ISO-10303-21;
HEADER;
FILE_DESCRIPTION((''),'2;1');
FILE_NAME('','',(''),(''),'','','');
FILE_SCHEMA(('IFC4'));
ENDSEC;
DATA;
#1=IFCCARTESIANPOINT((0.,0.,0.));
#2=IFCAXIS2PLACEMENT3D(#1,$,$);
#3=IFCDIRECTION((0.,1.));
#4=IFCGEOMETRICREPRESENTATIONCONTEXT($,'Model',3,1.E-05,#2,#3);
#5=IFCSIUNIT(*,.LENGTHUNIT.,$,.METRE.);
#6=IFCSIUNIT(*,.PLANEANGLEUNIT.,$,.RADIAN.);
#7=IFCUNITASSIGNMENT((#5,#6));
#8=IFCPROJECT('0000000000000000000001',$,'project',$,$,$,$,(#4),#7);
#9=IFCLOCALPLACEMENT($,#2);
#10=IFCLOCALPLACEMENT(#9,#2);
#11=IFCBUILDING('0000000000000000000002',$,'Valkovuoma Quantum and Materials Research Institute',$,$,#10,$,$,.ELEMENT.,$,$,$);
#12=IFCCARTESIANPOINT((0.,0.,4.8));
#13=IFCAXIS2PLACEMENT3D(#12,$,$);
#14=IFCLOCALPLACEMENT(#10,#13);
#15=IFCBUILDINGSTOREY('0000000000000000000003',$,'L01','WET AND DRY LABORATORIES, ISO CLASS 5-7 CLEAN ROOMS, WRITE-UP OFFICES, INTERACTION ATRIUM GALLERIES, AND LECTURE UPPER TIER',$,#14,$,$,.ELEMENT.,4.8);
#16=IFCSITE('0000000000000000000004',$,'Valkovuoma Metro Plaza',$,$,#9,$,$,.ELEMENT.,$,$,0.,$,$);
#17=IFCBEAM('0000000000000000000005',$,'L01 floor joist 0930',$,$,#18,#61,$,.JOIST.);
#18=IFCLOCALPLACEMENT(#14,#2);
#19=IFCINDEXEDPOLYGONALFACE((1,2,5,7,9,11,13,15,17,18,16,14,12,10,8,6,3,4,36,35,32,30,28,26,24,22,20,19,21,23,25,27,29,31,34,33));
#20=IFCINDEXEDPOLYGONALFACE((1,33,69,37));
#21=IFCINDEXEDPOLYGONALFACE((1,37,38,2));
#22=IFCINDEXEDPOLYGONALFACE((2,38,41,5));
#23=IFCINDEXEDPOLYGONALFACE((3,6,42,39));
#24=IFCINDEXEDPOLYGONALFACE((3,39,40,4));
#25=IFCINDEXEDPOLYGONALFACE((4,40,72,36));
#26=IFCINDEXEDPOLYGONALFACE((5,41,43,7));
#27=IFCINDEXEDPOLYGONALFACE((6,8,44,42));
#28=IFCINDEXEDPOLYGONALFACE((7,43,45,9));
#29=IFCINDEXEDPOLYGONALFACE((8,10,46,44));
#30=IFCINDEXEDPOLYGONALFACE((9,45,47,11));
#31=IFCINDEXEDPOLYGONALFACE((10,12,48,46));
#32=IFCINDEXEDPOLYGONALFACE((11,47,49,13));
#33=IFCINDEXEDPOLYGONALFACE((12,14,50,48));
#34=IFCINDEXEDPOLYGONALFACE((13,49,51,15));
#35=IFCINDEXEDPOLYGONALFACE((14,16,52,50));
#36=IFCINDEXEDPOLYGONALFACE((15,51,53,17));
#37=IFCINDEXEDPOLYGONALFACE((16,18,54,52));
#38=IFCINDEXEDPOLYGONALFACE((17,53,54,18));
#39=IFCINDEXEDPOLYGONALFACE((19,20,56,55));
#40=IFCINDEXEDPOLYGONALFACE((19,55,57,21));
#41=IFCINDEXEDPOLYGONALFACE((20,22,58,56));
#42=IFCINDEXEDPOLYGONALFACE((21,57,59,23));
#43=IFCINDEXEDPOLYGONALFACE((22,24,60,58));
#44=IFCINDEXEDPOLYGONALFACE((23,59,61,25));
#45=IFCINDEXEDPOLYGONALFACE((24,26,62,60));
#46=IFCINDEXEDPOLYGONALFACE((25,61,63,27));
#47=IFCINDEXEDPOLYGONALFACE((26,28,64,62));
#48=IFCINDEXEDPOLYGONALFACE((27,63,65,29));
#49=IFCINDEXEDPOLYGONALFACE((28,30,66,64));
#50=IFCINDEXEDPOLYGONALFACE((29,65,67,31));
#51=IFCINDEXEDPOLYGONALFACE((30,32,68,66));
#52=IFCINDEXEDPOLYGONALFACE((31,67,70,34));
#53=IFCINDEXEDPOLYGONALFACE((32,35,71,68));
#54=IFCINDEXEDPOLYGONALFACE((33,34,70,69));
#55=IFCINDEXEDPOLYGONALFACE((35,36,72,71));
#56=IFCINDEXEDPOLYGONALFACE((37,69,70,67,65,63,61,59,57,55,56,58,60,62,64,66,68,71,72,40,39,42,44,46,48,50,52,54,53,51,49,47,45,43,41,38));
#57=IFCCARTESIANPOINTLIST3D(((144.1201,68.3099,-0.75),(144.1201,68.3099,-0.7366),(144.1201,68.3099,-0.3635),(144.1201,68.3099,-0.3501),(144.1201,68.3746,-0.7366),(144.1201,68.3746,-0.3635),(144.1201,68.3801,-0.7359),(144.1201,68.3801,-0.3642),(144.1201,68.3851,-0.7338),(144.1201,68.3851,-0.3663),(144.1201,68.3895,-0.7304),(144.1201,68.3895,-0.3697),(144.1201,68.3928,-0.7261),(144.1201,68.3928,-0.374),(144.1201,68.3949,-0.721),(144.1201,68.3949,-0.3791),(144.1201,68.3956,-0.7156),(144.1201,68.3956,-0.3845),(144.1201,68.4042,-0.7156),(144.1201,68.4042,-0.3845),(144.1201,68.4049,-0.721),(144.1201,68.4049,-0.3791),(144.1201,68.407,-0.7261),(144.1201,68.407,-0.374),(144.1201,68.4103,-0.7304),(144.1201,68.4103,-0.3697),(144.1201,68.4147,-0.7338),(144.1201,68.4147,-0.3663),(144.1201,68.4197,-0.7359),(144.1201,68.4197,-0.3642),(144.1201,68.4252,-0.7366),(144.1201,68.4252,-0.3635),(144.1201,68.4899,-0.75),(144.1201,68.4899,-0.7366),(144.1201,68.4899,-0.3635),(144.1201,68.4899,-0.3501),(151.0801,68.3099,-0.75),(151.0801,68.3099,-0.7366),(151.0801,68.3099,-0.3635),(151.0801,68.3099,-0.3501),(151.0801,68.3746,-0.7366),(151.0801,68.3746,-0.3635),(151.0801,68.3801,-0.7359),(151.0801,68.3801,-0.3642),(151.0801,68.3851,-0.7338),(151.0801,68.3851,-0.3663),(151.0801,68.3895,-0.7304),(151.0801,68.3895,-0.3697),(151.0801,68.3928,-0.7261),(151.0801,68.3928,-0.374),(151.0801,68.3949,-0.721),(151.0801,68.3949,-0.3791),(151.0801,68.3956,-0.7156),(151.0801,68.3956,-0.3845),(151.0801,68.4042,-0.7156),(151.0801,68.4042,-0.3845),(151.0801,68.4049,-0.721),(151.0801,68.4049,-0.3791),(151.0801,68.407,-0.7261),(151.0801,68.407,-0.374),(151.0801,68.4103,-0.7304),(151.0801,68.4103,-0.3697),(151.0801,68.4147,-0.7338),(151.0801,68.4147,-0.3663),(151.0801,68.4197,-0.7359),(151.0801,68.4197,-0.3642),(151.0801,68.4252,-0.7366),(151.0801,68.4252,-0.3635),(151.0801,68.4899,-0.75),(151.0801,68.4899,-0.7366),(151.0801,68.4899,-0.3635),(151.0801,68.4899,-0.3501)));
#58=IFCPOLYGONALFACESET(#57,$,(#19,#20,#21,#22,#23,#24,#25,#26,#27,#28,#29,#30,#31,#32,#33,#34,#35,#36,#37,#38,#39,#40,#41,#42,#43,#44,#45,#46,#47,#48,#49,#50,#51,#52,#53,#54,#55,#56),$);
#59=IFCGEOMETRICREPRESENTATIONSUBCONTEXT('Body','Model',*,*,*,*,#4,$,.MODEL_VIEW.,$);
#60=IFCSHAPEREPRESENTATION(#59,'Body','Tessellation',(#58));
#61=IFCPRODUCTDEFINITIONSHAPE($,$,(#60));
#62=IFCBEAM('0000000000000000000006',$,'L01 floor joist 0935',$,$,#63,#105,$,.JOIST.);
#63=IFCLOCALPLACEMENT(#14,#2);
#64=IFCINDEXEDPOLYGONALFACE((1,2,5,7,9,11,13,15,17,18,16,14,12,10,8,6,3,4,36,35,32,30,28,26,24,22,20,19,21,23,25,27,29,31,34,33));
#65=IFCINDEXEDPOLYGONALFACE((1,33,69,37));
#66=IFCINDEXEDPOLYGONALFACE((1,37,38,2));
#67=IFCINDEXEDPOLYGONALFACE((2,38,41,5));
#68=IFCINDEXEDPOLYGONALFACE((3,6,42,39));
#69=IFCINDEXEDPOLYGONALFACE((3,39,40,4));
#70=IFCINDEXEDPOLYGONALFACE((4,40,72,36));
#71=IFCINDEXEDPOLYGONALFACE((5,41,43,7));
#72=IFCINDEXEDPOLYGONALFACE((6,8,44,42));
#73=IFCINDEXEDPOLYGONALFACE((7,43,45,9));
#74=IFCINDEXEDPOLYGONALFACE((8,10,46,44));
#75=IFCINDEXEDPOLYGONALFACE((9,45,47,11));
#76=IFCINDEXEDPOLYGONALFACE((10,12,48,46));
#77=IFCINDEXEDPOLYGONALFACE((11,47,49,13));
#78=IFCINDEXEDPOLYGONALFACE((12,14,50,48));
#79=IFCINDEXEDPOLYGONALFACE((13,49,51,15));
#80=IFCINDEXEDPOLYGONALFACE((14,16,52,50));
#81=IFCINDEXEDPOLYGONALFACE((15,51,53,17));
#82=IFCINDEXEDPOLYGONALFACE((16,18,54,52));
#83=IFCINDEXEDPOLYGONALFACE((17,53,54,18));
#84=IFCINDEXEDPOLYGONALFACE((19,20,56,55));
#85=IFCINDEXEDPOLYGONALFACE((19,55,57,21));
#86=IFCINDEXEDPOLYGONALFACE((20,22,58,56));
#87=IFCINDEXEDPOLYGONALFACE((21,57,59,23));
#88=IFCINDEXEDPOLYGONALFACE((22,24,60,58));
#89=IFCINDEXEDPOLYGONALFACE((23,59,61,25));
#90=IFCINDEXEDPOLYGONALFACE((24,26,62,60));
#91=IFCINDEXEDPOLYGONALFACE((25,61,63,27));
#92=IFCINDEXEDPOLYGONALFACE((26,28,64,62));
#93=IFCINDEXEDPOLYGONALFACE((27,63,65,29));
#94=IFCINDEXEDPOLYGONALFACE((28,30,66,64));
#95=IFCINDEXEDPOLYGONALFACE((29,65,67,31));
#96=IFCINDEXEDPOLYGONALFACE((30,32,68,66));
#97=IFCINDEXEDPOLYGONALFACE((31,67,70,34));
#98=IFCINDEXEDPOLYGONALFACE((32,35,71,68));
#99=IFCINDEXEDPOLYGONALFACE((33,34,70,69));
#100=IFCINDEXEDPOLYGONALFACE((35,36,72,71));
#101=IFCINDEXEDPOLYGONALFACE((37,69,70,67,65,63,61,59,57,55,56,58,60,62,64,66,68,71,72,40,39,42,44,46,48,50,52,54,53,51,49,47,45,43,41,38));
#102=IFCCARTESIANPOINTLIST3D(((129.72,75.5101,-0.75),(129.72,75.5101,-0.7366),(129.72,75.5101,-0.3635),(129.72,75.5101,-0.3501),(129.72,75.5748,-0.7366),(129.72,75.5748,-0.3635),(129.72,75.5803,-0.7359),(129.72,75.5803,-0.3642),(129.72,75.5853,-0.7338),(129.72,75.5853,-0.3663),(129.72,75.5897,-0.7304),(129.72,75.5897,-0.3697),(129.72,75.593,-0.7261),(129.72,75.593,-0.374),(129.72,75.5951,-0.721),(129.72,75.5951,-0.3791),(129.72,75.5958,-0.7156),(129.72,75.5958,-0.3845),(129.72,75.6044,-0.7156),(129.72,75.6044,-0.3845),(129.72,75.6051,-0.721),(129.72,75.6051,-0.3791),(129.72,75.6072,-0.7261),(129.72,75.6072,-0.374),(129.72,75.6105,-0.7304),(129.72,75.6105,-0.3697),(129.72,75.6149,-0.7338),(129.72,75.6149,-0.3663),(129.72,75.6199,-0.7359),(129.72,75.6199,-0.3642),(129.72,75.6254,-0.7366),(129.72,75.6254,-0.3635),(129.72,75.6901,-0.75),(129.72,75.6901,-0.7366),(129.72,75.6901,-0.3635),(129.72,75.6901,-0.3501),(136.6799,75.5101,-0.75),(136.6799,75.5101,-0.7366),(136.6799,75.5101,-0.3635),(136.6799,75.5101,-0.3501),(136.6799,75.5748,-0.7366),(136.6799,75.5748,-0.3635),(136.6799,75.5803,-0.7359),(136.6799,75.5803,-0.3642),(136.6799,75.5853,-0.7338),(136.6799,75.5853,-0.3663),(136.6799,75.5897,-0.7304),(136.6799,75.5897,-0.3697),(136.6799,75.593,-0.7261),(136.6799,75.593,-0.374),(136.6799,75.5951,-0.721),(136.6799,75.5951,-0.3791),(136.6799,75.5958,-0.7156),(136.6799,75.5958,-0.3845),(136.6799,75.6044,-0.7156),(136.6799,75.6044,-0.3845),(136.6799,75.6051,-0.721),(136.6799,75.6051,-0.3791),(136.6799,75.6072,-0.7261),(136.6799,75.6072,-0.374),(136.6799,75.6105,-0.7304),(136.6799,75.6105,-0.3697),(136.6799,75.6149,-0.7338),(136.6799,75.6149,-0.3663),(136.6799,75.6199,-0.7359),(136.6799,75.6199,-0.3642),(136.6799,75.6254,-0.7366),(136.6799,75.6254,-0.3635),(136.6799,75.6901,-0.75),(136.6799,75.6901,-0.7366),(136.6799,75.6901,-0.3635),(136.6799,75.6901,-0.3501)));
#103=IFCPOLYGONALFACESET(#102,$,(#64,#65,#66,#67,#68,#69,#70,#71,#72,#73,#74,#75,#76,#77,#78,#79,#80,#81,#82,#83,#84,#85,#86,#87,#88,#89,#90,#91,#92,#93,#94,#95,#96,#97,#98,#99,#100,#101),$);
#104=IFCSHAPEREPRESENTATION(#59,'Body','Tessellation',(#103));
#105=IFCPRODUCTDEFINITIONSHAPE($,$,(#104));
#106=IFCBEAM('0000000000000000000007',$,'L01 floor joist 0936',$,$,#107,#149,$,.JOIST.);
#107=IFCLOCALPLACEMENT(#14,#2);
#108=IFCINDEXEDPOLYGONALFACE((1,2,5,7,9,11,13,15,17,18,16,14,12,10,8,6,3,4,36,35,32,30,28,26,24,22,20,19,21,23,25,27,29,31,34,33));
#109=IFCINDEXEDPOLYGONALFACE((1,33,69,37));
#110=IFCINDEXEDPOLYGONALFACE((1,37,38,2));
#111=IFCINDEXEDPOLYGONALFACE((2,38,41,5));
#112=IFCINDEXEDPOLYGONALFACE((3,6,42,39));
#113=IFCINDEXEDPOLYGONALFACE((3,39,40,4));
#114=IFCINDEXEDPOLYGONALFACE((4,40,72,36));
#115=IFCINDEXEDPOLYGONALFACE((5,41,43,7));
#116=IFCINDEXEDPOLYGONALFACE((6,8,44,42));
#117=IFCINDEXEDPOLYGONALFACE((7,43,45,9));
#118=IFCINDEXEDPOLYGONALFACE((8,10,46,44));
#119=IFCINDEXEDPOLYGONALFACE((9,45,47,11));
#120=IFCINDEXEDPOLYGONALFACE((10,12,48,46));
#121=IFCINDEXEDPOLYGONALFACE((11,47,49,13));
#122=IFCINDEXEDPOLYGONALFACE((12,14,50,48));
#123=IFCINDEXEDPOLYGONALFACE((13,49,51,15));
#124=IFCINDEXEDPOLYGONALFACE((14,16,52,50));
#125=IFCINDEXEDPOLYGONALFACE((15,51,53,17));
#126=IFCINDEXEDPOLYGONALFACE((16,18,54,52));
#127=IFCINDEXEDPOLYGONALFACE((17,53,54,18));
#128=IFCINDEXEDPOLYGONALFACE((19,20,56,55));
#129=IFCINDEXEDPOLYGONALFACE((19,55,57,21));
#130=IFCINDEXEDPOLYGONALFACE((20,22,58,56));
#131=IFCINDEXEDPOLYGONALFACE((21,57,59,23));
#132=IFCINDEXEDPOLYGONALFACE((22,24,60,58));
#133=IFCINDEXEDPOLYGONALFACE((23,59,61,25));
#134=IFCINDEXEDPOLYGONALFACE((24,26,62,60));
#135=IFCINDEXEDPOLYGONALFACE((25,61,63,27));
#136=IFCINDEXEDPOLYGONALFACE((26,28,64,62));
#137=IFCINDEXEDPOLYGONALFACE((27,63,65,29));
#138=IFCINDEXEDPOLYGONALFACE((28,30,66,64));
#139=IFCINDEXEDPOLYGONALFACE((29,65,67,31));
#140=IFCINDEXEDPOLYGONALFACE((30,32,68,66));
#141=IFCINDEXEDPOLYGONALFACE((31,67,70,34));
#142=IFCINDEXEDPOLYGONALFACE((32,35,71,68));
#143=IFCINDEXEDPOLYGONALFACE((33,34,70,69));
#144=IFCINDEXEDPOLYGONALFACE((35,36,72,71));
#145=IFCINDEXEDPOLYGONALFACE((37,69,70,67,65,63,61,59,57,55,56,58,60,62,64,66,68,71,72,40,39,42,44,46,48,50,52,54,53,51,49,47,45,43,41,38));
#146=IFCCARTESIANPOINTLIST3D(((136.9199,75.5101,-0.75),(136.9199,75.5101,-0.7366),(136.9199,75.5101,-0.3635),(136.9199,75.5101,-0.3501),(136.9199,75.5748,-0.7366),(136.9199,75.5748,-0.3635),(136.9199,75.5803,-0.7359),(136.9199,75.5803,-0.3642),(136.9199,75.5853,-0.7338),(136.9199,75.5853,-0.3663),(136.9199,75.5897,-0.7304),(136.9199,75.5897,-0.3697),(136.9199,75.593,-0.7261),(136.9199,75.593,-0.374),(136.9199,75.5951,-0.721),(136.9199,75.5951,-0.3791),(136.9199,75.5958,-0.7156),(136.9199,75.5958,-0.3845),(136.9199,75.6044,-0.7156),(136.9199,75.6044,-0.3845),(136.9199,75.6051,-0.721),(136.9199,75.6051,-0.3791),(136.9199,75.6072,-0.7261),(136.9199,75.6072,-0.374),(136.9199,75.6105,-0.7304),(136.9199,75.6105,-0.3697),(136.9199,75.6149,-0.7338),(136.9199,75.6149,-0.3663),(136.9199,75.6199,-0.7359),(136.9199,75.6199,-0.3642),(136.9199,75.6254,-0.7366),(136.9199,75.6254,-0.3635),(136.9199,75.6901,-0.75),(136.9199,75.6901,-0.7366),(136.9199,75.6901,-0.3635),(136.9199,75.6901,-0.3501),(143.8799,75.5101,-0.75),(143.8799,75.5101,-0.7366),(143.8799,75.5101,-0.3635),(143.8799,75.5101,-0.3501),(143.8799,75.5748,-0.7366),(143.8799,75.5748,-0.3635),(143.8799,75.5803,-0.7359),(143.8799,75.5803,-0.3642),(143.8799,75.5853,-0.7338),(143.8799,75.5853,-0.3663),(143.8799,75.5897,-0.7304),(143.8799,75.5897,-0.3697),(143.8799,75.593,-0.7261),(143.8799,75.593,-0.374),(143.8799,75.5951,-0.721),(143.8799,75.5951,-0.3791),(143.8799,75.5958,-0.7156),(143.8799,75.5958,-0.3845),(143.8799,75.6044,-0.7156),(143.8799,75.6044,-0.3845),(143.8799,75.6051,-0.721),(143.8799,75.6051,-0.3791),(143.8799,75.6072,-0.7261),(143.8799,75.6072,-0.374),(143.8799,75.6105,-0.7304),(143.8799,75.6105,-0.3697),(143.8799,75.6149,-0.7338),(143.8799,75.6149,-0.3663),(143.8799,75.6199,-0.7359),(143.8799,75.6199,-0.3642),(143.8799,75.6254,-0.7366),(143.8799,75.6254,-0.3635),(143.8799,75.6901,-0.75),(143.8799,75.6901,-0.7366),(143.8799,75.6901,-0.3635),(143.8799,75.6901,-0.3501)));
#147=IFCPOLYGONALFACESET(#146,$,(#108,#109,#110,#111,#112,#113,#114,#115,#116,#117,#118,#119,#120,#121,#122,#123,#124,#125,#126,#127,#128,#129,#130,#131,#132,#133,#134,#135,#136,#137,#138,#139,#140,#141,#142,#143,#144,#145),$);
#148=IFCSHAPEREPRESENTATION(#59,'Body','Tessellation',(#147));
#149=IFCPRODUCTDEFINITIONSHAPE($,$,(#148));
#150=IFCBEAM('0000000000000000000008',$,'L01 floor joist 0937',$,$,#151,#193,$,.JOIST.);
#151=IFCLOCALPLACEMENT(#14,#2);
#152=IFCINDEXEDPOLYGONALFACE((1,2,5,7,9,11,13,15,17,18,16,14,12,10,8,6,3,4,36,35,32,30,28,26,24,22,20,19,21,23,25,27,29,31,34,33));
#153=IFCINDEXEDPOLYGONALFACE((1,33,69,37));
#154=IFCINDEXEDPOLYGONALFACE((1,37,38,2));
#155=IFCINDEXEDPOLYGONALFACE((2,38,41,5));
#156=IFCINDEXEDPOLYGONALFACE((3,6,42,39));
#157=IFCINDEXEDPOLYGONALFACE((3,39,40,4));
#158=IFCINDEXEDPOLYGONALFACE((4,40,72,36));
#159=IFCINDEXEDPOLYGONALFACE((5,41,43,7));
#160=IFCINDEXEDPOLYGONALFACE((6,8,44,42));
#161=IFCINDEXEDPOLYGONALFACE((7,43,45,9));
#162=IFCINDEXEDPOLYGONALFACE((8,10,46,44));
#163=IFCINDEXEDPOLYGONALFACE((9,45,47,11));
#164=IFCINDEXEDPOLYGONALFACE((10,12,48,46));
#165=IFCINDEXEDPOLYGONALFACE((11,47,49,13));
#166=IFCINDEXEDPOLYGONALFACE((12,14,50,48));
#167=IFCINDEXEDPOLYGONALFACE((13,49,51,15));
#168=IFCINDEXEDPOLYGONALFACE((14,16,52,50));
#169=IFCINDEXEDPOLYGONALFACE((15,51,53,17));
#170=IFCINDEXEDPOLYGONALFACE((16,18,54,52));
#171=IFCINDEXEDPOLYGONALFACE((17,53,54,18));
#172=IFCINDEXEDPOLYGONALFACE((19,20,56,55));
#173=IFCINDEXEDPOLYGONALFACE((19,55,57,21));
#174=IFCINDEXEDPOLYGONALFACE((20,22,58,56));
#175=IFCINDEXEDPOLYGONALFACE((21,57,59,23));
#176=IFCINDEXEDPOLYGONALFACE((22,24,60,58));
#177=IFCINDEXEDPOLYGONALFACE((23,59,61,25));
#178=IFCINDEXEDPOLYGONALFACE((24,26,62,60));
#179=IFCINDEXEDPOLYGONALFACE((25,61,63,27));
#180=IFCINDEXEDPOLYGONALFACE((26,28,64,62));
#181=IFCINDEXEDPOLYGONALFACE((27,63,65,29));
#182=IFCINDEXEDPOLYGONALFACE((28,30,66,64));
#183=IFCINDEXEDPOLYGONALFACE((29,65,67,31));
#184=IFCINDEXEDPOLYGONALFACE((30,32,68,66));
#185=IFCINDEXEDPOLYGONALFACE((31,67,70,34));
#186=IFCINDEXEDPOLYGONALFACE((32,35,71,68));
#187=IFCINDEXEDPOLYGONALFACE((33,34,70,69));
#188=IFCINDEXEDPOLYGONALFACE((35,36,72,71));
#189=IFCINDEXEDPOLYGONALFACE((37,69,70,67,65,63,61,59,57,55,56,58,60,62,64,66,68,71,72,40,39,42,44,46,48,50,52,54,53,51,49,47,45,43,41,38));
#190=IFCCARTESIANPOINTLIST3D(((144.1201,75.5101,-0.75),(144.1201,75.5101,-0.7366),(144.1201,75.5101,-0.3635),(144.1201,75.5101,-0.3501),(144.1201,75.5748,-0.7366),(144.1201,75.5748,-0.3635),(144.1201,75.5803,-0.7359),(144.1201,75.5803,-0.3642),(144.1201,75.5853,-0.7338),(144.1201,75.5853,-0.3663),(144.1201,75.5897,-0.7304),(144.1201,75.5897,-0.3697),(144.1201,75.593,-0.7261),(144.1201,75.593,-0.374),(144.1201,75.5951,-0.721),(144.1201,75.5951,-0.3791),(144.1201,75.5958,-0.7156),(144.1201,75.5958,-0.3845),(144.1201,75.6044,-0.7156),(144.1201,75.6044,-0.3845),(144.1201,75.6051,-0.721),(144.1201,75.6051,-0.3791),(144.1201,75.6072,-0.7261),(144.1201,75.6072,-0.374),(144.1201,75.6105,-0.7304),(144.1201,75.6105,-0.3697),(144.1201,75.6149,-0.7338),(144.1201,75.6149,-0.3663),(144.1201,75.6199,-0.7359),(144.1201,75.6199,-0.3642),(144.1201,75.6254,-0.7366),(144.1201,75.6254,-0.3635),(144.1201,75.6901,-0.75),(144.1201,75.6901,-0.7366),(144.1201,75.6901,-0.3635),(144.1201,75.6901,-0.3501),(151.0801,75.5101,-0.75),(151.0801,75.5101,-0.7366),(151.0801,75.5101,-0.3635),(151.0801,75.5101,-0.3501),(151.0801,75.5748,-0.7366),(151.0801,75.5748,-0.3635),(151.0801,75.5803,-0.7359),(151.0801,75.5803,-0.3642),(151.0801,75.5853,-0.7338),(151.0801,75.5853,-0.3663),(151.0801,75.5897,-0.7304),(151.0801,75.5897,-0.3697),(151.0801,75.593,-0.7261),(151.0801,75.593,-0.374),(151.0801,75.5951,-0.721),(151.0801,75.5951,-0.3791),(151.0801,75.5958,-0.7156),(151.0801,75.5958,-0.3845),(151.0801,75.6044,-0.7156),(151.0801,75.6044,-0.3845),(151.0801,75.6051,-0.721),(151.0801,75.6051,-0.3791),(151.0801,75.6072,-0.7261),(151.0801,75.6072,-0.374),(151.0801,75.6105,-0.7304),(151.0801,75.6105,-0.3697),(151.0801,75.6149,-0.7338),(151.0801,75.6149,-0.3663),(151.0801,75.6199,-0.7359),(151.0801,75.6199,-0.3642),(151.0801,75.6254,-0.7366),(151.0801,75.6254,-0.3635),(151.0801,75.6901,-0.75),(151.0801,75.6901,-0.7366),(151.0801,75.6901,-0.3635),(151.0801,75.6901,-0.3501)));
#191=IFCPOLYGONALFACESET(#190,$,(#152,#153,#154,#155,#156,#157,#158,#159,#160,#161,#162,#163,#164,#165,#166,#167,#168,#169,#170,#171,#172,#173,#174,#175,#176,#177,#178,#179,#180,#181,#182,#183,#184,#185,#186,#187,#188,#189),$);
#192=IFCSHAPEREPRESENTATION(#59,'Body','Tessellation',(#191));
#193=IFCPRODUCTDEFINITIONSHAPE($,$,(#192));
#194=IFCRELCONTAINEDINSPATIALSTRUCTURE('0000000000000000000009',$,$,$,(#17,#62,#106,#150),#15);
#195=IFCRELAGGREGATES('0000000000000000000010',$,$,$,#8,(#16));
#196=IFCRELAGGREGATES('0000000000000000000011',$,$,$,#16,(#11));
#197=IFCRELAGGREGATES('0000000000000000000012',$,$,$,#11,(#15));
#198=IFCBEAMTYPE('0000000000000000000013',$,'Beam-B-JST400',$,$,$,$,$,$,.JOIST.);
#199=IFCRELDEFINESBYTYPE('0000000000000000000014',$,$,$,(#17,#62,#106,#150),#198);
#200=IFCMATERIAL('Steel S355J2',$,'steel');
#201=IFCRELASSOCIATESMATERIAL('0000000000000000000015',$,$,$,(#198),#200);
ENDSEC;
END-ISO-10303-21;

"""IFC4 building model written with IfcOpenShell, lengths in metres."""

from ifc_helpers import new_model, si_unit, direction, frame, origin, origin_2d, place, context, subcontext, project, spatial, i_section, extrude, material, material_profile, profile_set, type_object, element, save


model = new_model("IFC4")

# Units and contexts
model_context = context("Model", 3, precision=1e-05, world=origin(), true_north=direction((0.0, 1.0)))
body_context = subcontext(model_context, "Body", "Model", "MODEL_VIEW")
ifc_project = project(units=[si_unit("LENGTHUNIT", "METRE"), si_unit("PLANEANGLEUNIT", "RADIAN")], contexts=[model_context])

# Site, building, storey
site_placement = place(None, origin())
site = spatial("IfcSite", under=ifc_project, at=site_placement, Name="Valkovuoma Metro Plaza", CompositionType="ELEMENT", RefElevation=0.0)
building_placement = place(site_placement, origin())
building = spatial("IfcBuilding", under=site, at=building_placement, Name="Valkovuoma Quantum and Materials Research Institute", CompositionType="ELEMENT")
storey_placement = place(building_placement, frame((0.0, 0.0, 4.8)))
storey = spatial("IfcBuildingStorey", under=building, at=storey_placement, Name="L01", Description="WET AND DRY LABORATORIES, ISO CLASS 5-7 CLEAN ROOMS, WRITE-UP OFFICES, INTERACTION ATRIUM GALLERIES, AND LECTURE UPPER TIER", CompositionType="ELEMENT", Elevation=4.8)

# Beams
ifc_material_1 = material(Name="Steel S355J2", Category="steel")
ifc_material_profile_1 = material_profile(ifc_material_1, i_section(OverallWidth=0.1799, OverallDepth=0.3999, WebThickness=0.0085, FlangeThickness=0.0134, FilletRadius=0.021, at=origin_2d()), Name="Steel S355J2")
ifc_profile_set_1 = profile_set([ifc_material_profile_1], Name="Steel S355J2")
beam_type_1 = type_object("IfcBeamType", Name="Beam-B-JST400", PredefinedType="JOIST", material=ifc_profile_set_1)
for number, where, z_axis, x_axis, name in (
    (1, (144.1201, 68.3999, -0.55), (1.0, 0.0, 0.0), (0.0, 1.0, 0.0), "L01 floor joist 0930"),
    (2, (129.72, 75.6001, -0.55), (1.0, 0.0, 0.0), (0.0, 1.0, 0.0), "L01 floor joist 0935"),
    (3, (136.9199, 75.6001, -0.55), (1.0, 0.0, 0.0), (0.0, 1.0, 0.0), "L01 floor joist 0936"),
    (4, (144.1201, 75.6001, -0.55), (1.0, 0.0, 0.0), (0.0, 1.0, 0.0), "L01 floor joist 0937"),
):
    element("IfcBeam", number, at=place(storey_placement, frame(where, z_axis=z_axis, x_axis=x_axis)), inside=storey, type_object=beam_type_1, Name=name, PredefinedType="JOIST", context=body_context, shape_type="SweptSolid", body=[
        extrude(i_section(OverallWidth=0.1799, OverallDepth=0.3999, WebThickness=0.0085, FlangeThickness=0.0134, FilletRadius=0.021, at=origin_2d()), origin(), (0.0, 0.0, 1.0), 6.96),
    ])

save(model, "model.ifc")
